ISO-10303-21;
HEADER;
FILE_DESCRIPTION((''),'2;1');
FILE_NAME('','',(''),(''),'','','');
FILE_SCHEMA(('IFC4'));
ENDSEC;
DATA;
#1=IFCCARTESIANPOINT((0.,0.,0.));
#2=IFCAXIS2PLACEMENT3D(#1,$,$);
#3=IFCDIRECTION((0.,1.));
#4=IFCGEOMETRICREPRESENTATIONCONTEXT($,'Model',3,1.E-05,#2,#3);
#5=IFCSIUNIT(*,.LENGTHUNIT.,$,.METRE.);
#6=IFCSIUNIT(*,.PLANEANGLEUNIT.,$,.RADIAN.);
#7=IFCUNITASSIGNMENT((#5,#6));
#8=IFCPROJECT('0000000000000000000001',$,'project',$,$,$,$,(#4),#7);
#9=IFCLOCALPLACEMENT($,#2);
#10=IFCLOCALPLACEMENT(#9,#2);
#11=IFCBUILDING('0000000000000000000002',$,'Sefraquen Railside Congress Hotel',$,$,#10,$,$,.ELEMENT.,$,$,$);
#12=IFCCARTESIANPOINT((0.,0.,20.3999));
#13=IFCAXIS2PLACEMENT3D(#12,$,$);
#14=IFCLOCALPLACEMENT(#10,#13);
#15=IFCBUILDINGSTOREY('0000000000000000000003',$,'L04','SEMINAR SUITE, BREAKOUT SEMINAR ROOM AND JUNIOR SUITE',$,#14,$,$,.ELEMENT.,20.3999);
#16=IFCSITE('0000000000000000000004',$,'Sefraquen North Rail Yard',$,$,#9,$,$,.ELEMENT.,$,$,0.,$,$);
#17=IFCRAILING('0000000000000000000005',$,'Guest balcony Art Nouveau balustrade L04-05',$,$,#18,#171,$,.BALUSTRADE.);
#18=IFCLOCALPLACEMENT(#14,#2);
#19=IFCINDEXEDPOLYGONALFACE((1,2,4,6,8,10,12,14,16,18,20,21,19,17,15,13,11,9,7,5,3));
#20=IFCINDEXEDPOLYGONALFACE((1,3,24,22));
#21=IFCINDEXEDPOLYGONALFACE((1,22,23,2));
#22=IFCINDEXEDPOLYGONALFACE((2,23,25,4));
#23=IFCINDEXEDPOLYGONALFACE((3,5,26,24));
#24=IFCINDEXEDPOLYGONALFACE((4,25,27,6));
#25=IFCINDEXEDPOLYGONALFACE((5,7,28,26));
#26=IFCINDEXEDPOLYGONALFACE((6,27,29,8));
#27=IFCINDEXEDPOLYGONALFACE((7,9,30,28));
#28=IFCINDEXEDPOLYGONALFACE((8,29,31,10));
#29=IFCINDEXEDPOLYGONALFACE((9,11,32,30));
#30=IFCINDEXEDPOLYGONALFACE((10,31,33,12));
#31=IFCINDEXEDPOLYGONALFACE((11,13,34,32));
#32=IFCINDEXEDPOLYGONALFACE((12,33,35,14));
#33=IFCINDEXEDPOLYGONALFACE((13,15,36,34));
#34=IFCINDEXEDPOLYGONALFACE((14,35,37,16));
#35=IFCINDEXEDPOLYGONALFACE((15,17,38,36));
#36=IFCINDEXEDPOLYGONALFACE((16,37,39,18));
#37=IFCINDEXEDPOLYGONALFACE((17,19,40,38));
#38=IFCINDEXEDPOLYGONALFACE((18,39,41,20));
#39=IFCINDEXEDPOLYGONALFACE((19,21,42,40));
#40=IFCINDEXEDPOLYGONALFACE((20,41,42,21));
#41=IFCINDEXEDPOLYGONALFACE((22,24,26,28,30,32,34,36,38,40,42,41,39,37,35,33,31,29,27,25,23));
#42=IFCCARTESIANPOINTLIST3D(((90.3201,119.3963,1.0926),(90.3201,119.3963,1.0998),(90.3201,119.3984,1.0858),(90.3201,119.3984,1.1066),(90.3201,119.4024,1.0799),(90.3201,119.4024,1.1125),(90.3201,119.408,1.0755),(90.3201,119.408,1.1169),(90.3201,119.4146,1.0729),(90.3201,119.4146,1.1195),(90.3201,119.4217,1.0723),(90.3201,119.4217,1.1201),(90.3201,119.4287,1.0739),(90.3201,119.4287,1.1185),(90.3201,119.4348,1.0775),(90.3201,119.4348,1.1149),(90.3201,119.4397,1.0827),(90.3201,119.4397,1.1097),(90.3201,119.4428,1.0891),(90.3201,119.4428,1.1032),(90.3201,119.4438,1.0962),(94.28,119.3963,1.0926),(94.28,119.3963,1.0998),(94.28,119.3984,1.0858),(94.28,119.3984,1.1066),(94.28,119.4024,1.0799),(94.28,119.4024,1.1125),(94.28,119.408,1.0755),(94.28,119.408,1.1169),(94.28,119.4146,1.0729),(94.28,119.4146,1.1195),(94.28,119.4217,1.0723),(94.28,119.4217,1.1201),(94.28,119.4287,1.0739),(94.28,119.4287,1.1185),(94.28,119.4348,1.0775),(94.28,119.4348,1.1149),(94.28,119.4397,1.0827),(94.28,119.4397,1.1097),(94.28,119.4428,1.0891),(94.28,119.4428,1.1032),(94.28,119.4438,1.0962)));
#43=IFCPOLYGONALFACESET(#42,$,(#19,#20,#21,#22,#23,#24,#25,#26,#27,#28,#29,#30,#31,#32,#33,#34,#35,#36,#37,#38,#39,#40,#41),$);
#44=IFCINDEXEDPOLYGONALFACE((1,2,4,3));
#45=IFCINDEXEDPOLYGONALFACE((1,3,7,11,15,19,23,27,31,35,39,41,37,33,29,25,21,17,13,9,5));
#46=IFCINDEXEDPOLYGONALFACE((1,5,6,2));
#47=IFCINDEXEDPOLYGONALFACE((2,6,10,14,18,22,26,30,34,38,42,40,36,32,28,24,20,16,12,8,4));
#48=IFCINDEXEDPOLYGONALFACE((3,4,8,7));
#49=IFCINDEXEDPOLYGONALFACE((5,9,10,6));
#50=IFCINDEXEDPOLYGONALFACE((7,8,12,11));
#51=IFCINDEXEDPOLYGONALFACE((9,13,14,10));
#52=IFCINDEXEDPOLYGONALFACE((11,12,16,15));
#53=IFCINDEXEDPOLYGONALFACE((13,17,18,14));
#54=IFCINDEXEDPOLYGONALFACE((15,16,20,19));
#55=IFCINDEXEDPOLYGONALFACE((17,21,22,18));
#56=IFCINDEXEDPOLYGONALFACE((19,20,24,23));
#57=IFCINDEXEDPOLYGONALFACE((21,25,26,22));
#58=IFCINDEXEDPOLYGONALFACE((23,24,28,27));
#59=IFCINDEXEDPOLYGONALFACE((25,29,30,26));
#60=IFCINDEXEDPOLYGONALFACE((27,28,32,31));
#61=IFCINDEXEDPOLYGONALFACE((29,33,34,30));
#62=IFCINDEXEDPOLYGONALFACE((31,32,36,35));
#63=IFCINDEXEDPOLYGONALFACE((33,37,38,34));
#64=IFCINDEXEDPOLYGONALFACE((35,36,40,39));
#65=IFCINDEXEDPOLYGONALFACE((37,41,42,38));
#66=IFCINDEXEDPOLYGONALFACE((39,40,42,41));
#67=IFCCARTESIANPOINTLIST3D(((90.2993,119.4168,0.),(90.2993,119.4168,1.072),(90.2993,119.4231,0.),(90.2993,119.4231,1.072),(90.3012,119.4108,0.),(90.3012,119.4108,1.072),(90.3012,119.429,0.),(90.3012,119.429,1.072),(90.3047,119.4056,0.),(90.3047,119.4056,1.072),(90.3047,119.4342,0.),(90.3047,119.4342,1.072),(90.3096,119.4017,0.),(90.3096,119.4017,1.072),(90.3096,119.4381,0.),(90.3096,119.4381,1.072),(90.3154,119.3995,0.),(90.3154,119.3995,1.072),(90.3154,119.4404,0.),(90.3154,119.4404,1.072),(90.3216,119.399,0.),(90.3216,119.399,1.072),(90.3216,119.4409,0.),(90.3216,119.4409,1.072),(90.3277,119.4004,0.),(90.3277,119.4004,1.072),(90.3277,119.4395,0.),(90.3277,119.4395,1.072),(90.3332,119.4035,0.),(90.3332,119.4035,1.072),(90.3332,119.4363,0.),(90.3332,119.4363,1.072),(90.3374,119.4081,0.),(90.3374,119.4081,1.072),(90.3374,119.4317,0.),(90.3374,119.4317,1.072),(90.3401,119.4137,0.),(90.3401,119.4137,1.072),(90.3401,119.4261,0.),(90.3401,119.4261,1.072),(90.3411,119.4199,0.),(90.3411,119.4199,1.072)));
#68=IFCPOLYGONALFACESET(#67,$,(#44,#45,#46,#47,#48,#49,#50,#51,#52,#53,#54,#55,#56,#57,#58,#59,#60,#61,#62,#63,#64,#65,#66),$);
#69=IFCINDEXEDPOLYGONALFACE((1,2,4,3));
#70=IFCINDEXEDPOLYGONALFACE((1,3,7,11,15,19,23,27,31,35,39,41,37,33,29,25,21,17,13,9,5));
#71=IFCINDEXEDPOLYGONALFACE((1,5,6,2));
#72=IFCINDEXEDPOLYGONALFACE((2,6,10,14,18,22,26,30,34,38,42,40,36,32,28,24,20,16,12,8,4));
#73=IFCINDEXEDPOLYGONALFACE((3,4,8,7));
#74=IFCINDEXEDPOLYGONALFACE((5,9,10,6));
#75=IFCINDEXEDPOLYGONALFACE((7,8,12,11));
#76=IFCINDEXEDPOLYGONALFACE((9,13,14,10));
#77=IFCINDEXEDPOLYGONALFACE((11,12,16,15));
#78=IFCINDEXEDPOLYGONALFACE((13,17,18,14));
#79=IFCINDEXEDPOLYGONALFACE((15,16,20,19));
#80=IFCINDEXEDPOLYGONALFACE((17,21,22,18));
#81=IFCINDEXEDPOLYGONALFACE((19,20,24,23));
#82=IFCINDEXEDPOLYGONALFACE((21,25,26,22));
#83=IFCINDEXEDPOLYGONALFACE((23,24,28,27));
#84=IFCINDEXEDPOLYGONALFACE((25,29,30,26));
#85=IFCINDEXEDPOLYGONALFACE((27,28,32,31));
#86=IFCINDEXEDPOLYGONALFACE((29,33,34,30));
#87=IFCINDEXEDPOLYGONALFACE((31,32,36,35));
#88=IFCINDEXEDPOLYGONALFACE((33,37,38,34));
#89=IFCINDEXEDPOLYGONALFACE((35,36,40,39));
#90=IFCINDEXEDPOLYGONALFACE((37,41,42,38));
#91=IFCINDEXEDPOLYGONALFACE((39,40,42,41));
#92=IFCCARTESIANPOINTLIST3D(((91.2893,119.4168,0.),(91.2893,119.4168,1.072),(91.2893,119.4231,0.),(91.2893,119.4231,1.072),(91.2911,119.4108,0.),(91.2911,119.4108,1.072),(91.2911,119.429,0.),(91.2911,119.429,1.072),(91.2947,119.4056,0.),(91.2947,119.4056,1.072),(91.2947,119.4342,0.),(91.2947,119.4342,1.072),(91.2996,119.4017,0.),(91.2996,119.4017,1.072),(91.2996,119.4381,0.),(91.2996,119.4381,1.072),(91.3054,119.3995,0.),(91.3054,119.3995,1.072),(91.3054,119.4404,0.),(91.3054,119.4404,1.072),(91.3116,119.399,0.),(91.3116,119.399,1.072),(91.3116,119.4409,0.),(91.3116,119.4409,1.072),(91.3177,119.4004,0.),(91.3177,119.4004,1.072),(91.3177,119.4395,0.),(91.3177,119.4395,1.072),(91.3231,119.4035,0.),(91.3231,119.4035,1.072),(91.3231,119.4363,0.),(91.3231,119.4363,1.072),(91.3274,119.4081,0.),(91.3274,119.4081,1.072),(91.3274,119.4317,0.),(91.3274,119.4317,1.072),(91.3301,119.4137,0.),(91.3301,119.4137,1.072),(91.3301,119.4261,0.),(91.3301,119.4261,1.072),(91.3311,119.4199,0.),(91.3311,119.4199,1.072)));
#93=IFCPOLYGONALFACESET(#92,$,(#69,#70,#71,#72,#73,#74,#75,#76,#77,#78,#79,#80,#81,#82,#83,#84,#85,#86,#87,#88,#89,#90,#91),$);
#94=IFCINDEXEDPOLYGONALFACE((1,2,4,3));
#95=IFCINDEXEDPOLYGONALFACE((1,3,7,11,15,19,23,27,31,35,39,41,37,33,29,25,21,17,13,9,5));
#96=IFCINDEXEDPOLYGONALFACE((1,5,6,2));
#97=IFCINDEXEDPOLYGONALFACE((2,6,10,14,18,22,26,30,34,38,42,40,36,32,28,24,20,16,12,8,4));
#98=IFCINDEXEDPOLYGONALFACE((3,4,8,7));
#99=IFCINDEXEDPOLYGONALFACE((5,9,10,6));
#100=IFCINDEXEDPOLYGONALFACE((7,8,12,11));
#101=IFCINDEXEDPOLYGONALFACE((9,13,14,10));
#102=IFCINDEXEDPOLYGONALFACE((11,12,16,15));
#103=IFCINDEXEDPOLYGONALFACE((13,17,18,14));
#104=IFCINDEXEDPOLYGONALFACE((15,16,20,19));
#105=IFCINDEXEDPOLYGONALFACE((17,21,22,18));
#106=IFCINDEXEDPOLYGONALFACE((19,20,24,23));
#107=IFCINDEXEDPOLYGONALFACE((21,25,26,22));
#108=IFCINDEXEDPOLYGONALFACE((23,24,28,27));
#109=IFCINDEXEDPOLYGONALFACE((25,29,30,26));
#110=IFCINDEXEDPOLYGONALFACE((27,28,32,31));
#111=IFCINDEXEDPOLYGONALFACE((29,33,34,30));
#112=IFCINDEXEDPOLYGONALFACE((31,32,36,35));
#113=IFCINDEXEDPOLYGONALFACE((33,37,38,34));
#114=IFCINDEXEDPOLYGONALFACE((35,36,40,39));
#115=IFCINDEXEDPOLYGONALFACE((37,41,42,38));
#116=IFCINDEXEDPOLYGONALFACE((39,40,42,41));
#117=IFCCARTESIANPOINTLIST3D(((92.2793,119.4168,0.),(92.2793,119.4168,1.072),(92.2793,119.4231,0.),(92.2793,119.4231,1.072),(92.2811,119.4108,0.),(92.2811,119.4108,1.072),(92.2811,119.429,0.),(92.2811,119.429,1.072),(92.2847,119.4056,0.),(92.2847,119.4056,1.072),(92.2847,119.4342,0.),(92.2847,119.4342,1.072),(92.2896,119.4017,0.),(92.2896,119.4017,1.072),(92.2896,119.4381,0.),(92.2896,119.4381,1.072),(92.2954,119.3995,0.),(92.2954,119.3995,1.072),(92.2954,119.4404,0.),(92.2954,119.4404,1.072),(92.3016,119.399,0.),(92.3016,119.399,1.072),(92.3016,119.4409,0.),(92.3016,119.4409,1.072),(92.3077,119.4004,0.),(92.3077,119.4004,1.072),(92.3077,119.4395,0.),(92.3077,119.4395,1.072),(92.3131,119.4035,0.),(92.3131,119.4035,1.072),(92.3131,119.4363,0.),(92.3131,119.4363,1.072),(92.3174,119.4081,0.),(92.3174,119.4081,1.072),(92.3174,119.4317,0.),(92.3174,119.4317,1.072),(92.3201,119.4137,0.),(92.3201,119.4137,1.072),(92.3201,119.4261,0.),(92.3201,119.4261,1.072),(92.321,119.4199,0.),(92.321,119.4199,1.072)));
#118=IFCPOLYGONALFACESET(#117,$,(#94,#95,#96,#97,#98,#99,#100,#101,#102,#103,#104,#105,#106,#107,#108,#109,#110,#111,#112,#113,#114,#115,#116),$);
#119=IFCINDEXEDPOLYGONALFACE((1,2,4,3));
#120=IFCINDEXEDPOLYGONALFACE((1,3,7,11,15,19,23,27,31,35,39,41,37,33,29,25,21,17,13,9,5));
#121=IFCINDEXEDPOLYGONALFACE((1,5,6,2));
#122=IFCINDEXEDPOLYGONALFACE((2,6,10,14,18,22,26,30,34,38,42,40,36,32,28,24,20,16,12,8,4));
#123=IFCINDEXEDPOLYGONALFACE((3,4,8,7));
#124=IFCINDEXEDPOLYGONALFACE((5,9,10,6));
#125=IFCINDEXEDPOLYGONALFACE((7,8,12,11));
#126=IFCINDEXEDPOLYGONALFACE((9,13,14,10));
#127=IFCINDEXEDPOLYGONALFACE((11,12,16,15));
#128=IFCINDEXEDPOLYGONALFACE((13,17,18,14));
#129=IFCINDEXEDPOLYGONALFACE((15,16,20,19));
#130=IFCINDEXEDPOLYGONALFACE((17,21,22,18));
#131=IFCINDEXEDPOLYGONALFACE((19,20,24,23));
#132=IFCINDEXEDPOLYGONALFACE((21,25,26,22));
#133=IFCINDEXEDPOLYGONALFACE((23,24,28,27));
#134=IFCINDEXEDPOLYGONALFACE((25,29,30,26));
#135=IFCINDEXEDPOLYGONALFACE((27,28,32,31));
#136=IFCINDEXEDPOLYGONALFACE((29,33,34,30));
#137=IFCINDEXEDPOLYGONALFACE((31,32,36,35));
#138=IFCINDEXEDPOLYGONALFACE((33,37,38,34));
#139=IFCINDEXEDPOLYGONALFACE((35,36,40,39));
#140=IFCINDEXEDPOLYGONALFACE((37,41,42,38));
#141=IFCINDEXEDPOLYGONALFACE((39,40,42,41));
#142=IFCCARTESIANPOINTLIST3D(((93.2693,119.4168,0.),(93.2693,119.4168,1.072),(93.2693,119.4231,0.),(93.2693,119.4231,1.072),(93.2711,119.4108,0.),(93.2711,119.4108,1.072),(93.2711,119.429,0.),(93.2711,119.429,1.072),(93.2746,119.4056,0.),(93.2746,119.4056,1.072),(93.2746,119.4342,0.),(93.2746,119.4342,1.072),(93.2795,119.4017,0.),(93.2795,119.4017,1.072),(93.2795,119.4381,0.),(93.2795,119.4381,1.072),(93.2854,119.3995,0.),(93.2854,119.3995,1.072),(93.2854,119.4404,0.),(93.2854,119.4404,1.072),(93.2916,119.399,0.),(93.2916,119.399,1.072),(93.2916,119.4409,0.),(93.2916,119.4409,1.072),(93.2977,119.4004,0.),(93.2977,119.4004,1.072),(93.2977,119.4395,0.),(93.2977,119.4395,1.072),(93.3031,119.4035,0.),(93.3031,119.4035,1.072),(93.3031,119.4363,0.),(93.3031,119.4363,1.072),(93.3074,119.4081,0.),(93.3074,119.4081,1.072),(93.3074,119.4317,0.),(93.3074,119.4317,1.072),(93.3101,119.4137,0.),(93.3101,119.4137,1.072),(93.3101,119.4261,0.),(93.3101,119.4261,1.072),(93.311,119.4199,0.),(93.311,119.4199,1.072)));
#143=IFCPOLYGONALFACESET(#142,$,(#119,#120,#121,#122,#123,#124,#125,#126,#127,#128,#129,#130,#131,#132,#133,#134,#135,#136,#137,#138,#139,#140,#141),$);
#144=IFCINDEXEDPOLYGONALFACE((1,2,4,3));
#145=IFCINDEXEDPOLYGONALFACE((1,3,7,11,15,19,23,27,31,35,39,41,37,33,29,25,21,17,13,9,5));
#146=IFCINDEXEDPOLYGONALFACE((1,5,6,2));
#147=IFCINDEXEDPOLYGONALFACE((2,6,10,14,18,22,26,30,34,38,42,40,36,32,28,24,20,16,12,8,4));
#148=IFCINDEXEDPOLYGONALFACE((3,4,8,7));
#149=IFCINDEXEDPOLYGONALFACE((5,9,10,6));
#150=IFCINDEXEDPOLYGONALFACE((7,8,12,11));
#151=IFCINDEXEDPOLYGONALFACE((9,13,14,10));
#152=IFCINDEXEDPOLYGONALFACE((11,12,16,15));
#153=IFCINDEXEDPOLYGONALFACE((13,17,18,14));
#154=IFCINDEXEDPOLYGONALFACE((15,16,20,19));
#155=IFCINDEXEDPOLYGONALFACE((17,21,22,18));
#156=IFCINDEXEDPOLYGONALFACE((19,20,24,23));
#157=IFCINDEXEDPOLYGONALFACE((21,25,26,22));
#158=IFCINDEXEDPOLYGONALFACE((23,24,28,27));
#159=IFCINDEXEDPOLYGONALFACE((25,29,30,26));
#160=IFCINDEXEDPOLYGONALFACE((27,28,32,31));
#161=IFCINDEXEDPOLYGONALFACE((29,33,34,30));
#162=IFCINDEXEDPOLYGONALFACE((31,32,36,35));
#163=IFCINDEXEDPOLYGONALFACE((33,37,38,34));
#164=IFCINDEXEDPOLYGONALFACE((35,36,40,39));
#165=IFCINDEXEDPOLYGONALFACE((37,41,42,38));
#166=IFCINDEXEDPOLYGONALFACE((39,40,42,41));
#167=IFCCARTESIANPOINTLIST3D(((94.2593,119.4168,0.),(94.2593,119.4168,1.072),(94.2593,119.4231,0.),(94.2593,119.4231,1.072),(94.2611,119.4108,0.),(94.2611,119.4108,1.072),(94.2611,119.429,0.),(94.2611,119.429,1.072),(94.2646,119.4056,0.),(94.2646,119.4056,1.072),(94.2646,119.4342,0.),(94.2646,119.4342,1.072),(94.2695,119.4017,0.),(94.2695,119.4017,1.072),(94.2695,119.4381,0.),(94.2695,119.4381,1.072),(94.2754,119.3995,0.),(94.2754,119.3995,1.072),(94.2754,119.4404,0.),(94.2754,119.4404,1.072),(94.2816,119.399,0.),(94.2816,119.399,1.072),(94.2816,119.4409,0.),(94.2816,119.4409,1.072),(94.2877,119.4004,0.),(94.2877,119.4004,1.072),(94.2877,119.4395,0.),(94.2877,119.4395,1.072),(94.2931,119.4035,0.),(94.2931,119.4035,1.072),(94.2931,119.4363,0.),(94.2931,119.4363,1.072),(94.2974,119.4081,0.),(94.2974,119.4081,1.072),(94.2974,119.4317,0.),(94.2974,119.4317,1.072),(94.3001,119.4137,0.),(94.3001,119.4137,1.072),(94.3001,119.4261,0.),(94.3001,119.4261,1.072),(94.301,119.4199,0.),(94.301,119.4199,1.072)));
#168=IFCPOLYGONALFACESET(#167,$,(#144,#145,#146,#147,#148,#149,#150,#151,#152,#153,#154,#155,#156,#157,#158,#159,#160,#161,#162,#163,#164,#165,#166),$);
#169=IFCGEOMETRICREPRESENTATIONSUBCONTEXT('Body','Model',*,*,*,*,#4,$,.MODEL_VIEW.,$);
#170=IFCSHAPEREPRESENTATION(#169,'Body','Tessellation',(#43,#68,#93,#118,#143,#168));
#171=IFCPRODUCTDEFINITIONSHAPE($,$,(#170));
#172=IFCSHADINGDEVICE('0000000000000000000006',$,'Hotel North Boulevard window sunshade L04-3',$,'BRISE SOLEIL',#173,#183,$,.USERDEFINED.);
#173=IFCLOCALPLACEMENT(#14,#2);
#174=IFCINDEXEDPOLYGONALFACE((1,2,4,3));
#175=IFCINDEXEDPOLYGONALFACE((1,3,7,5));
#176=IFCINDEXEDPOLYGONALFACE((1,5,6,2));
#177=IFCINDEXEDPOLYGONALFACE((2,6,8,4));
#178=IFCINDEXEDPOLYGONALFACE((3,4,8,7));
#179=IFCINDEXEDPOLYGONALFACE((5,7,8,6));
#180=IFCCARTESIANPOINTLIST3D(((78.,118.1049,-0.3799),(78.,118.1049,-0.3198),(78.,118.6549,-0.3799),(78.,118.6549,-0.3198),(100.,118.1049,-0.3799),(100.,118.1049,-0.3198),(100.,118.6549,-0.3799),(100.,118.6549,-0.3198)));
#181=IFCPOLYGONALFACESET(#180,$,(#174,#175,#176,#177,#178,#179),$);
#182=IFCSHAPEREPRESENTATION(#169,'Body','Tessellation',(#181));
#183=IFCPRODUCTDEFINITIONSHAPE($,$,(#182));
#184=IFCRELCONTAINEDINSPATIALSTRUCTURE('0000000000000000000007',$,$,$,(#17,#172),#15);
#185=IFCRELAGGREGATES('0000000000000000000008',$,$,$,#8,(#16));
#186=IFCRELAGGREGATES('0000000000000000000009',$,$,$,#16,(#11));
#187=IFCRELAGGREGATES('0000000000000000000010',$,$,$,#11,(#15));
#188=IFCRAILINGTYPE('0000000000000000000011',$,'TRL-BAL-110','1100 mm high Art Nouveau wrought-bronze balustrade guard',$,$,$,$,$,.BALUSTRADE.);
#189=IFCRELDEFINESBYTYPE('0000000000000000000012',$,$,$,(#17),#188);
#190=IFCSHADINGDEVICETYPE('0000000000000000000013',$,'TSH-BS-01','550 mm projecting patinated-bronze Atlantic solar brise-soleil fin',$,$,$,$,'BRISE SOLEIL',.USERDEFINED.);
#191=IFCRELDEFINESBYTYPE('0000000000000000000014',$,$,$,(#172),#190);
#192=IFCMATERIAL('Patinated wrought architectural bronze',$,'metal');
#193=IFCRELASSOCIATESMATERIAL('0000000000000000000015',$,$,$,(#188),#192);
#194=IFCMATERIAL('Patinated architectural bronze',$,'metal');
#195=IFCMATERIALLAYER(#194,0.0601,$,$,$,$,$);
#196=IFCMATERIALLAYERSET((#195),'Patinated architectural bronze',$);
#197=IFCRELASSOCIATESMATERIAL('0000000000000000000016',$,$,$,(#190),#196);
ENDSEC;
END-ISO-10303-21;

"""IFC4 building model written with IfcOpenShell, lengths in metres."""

from ifc_helpers import new_model, si_unit, direction, frame, origin, origin_2d, place, context, subcontext, project, spatial, rectangle, circle, extrude, material, layer, layer_set, type_object, element, save


model = new_model("IFC4")

# Units and contexts
model_context = context("Model", 3, precision=1e-05, world=origin(), true_north=direction((0.0, 1.0)))
body_context = subcontext(model_context, "Body", "Model", "MODEL_VIEW")
ifc_project = project(units=[si_unit("LENGTHUNIT", "METRE"), si_unit("PLANEANGLEUNIT", "RADIAN")], contexts=[model_context])

# Site, building, storey
site_placement = place(None, origin())
site = spatial("IfcSite", under=ifc_project, at=site_placement, Name="Sefraquen North Rail Yard", CompositionType="ELEMENT", RefElevation=0.0)
building_placement = place(site_placement, origin())
building = spatial("IfcBuilding", under=site, at=building_placement, Name="Sefraquen Railside Congress Hotel", CompositionType="ELEMENT")
storey_placement = place(building_placement, frame((0.0, 0.0, 20.3999)))
storey = spatial("IfcBuildingStorey", under=building, at=storey_placement, Name="L04", Description="SEMINAR SUITE, BREAKOUT SEMINAR ROOM AND JUNIOR SUITE", CompositionType="ELEMENT", Elevation=20.3999)

# Railing
ifc_material_1 = material(Name="Patinated wrought architectural bronze", Category="metal")
railing_type = type_object("IfcRailingType", Name="TRL-BAL-110", Description="1100 mm high Art Nouveau wrought-bronze balustrade guard", PredefinedType="BALUSTRADE", material=ifc_material_1)
railing_1_placement = place(storey_placement, frame((90.3201, 119.4199, 0.0)))
element("IfcRailing", 1, at=railing_1_placement, inside=storey, type_object=railing_type, Name="Guest balcony Art Nouveau balustrade L04-05", PredefinedType="BALUSTRADE", context=body_context, shape_type="SweptSolid", body=[
    extrude(circle(Radius=0.0239, at=origin_2d()), frame((0.0, 0.0, 1.0962), z_axis=(1.0, 0.0, 0.0), x_axis=(0.0, 1.0, 0.0)), (0.0, 0.0, 1.0), 3.96),
    extrude(circle(Radius=0.021, at=origin_2d()), origin(), (0.0, 0.0, 1.0), 1.072),
    extrude(circle(Radius=0.021, at=origin_2d()), frame((0.99, 0.0, 0.0)), (0.0, 0.0, 1.0), 1.072),
    extrude(circle(Radius=0.021, at=origin_2d()), frame((1.98, 0.0, 0.0)), (0.0, 0.0, 1.0), 1.072),
    extrude(circle(Radius=0.021, at=origin_2d()), frame((2.97, 0.0, 0.0)), (0.0, 0.0, 1.0), 1.072),
    extrude(circle(Radius=0.021, at=origin_2d()), frame((3.96, 0.0, 0.0)), (0.0, 0.0, 1.0), 1.072),
])

# Shading device
ifc_material_2 = material(Name="Patinated architectural bronze", Category="metal")
ifc_layer_1 = layer(ifc_material_2, 0.0601)
ifc_layer_set_1 = layer_set([ifc_layer_1], Name="Patinated architectural bronze")
shading_device_type = type_object("IfcShadingDeviceType", Name="TSH-BS-01", Description="550 mm projecting patinated-bronze Atlantic solar brise-soleil fin", ElementType="BRISE SOLEIL", PredefinedType="USERDEFINED", material=ifc_layer_set_1)
shading_device_placement = place(storey_placement, frame((89.0, 118.3799, -0.3799), z_axis=(0.0, 0.0, 1.0), x_axis=(1.0, 0.0, 0.0)))
element("IfcShadingDevice", 2, at=shading_device_placement, inside=storey, type_object=shading_device_type, Name="Hotel North Boulevard window sunshade L04-3", ObjectType="BRISE SOLEIL", PredefinedType="USERDEFINED", context=body_context, shape_type="SweptSolid", body=[
    extrude(rectangle(XDim=22.0, YDim=0.55, at=origin_2d()), origin(), (0.0, 0.0, 1.0), 0.0601),
])

save(model, "model.ifc")
